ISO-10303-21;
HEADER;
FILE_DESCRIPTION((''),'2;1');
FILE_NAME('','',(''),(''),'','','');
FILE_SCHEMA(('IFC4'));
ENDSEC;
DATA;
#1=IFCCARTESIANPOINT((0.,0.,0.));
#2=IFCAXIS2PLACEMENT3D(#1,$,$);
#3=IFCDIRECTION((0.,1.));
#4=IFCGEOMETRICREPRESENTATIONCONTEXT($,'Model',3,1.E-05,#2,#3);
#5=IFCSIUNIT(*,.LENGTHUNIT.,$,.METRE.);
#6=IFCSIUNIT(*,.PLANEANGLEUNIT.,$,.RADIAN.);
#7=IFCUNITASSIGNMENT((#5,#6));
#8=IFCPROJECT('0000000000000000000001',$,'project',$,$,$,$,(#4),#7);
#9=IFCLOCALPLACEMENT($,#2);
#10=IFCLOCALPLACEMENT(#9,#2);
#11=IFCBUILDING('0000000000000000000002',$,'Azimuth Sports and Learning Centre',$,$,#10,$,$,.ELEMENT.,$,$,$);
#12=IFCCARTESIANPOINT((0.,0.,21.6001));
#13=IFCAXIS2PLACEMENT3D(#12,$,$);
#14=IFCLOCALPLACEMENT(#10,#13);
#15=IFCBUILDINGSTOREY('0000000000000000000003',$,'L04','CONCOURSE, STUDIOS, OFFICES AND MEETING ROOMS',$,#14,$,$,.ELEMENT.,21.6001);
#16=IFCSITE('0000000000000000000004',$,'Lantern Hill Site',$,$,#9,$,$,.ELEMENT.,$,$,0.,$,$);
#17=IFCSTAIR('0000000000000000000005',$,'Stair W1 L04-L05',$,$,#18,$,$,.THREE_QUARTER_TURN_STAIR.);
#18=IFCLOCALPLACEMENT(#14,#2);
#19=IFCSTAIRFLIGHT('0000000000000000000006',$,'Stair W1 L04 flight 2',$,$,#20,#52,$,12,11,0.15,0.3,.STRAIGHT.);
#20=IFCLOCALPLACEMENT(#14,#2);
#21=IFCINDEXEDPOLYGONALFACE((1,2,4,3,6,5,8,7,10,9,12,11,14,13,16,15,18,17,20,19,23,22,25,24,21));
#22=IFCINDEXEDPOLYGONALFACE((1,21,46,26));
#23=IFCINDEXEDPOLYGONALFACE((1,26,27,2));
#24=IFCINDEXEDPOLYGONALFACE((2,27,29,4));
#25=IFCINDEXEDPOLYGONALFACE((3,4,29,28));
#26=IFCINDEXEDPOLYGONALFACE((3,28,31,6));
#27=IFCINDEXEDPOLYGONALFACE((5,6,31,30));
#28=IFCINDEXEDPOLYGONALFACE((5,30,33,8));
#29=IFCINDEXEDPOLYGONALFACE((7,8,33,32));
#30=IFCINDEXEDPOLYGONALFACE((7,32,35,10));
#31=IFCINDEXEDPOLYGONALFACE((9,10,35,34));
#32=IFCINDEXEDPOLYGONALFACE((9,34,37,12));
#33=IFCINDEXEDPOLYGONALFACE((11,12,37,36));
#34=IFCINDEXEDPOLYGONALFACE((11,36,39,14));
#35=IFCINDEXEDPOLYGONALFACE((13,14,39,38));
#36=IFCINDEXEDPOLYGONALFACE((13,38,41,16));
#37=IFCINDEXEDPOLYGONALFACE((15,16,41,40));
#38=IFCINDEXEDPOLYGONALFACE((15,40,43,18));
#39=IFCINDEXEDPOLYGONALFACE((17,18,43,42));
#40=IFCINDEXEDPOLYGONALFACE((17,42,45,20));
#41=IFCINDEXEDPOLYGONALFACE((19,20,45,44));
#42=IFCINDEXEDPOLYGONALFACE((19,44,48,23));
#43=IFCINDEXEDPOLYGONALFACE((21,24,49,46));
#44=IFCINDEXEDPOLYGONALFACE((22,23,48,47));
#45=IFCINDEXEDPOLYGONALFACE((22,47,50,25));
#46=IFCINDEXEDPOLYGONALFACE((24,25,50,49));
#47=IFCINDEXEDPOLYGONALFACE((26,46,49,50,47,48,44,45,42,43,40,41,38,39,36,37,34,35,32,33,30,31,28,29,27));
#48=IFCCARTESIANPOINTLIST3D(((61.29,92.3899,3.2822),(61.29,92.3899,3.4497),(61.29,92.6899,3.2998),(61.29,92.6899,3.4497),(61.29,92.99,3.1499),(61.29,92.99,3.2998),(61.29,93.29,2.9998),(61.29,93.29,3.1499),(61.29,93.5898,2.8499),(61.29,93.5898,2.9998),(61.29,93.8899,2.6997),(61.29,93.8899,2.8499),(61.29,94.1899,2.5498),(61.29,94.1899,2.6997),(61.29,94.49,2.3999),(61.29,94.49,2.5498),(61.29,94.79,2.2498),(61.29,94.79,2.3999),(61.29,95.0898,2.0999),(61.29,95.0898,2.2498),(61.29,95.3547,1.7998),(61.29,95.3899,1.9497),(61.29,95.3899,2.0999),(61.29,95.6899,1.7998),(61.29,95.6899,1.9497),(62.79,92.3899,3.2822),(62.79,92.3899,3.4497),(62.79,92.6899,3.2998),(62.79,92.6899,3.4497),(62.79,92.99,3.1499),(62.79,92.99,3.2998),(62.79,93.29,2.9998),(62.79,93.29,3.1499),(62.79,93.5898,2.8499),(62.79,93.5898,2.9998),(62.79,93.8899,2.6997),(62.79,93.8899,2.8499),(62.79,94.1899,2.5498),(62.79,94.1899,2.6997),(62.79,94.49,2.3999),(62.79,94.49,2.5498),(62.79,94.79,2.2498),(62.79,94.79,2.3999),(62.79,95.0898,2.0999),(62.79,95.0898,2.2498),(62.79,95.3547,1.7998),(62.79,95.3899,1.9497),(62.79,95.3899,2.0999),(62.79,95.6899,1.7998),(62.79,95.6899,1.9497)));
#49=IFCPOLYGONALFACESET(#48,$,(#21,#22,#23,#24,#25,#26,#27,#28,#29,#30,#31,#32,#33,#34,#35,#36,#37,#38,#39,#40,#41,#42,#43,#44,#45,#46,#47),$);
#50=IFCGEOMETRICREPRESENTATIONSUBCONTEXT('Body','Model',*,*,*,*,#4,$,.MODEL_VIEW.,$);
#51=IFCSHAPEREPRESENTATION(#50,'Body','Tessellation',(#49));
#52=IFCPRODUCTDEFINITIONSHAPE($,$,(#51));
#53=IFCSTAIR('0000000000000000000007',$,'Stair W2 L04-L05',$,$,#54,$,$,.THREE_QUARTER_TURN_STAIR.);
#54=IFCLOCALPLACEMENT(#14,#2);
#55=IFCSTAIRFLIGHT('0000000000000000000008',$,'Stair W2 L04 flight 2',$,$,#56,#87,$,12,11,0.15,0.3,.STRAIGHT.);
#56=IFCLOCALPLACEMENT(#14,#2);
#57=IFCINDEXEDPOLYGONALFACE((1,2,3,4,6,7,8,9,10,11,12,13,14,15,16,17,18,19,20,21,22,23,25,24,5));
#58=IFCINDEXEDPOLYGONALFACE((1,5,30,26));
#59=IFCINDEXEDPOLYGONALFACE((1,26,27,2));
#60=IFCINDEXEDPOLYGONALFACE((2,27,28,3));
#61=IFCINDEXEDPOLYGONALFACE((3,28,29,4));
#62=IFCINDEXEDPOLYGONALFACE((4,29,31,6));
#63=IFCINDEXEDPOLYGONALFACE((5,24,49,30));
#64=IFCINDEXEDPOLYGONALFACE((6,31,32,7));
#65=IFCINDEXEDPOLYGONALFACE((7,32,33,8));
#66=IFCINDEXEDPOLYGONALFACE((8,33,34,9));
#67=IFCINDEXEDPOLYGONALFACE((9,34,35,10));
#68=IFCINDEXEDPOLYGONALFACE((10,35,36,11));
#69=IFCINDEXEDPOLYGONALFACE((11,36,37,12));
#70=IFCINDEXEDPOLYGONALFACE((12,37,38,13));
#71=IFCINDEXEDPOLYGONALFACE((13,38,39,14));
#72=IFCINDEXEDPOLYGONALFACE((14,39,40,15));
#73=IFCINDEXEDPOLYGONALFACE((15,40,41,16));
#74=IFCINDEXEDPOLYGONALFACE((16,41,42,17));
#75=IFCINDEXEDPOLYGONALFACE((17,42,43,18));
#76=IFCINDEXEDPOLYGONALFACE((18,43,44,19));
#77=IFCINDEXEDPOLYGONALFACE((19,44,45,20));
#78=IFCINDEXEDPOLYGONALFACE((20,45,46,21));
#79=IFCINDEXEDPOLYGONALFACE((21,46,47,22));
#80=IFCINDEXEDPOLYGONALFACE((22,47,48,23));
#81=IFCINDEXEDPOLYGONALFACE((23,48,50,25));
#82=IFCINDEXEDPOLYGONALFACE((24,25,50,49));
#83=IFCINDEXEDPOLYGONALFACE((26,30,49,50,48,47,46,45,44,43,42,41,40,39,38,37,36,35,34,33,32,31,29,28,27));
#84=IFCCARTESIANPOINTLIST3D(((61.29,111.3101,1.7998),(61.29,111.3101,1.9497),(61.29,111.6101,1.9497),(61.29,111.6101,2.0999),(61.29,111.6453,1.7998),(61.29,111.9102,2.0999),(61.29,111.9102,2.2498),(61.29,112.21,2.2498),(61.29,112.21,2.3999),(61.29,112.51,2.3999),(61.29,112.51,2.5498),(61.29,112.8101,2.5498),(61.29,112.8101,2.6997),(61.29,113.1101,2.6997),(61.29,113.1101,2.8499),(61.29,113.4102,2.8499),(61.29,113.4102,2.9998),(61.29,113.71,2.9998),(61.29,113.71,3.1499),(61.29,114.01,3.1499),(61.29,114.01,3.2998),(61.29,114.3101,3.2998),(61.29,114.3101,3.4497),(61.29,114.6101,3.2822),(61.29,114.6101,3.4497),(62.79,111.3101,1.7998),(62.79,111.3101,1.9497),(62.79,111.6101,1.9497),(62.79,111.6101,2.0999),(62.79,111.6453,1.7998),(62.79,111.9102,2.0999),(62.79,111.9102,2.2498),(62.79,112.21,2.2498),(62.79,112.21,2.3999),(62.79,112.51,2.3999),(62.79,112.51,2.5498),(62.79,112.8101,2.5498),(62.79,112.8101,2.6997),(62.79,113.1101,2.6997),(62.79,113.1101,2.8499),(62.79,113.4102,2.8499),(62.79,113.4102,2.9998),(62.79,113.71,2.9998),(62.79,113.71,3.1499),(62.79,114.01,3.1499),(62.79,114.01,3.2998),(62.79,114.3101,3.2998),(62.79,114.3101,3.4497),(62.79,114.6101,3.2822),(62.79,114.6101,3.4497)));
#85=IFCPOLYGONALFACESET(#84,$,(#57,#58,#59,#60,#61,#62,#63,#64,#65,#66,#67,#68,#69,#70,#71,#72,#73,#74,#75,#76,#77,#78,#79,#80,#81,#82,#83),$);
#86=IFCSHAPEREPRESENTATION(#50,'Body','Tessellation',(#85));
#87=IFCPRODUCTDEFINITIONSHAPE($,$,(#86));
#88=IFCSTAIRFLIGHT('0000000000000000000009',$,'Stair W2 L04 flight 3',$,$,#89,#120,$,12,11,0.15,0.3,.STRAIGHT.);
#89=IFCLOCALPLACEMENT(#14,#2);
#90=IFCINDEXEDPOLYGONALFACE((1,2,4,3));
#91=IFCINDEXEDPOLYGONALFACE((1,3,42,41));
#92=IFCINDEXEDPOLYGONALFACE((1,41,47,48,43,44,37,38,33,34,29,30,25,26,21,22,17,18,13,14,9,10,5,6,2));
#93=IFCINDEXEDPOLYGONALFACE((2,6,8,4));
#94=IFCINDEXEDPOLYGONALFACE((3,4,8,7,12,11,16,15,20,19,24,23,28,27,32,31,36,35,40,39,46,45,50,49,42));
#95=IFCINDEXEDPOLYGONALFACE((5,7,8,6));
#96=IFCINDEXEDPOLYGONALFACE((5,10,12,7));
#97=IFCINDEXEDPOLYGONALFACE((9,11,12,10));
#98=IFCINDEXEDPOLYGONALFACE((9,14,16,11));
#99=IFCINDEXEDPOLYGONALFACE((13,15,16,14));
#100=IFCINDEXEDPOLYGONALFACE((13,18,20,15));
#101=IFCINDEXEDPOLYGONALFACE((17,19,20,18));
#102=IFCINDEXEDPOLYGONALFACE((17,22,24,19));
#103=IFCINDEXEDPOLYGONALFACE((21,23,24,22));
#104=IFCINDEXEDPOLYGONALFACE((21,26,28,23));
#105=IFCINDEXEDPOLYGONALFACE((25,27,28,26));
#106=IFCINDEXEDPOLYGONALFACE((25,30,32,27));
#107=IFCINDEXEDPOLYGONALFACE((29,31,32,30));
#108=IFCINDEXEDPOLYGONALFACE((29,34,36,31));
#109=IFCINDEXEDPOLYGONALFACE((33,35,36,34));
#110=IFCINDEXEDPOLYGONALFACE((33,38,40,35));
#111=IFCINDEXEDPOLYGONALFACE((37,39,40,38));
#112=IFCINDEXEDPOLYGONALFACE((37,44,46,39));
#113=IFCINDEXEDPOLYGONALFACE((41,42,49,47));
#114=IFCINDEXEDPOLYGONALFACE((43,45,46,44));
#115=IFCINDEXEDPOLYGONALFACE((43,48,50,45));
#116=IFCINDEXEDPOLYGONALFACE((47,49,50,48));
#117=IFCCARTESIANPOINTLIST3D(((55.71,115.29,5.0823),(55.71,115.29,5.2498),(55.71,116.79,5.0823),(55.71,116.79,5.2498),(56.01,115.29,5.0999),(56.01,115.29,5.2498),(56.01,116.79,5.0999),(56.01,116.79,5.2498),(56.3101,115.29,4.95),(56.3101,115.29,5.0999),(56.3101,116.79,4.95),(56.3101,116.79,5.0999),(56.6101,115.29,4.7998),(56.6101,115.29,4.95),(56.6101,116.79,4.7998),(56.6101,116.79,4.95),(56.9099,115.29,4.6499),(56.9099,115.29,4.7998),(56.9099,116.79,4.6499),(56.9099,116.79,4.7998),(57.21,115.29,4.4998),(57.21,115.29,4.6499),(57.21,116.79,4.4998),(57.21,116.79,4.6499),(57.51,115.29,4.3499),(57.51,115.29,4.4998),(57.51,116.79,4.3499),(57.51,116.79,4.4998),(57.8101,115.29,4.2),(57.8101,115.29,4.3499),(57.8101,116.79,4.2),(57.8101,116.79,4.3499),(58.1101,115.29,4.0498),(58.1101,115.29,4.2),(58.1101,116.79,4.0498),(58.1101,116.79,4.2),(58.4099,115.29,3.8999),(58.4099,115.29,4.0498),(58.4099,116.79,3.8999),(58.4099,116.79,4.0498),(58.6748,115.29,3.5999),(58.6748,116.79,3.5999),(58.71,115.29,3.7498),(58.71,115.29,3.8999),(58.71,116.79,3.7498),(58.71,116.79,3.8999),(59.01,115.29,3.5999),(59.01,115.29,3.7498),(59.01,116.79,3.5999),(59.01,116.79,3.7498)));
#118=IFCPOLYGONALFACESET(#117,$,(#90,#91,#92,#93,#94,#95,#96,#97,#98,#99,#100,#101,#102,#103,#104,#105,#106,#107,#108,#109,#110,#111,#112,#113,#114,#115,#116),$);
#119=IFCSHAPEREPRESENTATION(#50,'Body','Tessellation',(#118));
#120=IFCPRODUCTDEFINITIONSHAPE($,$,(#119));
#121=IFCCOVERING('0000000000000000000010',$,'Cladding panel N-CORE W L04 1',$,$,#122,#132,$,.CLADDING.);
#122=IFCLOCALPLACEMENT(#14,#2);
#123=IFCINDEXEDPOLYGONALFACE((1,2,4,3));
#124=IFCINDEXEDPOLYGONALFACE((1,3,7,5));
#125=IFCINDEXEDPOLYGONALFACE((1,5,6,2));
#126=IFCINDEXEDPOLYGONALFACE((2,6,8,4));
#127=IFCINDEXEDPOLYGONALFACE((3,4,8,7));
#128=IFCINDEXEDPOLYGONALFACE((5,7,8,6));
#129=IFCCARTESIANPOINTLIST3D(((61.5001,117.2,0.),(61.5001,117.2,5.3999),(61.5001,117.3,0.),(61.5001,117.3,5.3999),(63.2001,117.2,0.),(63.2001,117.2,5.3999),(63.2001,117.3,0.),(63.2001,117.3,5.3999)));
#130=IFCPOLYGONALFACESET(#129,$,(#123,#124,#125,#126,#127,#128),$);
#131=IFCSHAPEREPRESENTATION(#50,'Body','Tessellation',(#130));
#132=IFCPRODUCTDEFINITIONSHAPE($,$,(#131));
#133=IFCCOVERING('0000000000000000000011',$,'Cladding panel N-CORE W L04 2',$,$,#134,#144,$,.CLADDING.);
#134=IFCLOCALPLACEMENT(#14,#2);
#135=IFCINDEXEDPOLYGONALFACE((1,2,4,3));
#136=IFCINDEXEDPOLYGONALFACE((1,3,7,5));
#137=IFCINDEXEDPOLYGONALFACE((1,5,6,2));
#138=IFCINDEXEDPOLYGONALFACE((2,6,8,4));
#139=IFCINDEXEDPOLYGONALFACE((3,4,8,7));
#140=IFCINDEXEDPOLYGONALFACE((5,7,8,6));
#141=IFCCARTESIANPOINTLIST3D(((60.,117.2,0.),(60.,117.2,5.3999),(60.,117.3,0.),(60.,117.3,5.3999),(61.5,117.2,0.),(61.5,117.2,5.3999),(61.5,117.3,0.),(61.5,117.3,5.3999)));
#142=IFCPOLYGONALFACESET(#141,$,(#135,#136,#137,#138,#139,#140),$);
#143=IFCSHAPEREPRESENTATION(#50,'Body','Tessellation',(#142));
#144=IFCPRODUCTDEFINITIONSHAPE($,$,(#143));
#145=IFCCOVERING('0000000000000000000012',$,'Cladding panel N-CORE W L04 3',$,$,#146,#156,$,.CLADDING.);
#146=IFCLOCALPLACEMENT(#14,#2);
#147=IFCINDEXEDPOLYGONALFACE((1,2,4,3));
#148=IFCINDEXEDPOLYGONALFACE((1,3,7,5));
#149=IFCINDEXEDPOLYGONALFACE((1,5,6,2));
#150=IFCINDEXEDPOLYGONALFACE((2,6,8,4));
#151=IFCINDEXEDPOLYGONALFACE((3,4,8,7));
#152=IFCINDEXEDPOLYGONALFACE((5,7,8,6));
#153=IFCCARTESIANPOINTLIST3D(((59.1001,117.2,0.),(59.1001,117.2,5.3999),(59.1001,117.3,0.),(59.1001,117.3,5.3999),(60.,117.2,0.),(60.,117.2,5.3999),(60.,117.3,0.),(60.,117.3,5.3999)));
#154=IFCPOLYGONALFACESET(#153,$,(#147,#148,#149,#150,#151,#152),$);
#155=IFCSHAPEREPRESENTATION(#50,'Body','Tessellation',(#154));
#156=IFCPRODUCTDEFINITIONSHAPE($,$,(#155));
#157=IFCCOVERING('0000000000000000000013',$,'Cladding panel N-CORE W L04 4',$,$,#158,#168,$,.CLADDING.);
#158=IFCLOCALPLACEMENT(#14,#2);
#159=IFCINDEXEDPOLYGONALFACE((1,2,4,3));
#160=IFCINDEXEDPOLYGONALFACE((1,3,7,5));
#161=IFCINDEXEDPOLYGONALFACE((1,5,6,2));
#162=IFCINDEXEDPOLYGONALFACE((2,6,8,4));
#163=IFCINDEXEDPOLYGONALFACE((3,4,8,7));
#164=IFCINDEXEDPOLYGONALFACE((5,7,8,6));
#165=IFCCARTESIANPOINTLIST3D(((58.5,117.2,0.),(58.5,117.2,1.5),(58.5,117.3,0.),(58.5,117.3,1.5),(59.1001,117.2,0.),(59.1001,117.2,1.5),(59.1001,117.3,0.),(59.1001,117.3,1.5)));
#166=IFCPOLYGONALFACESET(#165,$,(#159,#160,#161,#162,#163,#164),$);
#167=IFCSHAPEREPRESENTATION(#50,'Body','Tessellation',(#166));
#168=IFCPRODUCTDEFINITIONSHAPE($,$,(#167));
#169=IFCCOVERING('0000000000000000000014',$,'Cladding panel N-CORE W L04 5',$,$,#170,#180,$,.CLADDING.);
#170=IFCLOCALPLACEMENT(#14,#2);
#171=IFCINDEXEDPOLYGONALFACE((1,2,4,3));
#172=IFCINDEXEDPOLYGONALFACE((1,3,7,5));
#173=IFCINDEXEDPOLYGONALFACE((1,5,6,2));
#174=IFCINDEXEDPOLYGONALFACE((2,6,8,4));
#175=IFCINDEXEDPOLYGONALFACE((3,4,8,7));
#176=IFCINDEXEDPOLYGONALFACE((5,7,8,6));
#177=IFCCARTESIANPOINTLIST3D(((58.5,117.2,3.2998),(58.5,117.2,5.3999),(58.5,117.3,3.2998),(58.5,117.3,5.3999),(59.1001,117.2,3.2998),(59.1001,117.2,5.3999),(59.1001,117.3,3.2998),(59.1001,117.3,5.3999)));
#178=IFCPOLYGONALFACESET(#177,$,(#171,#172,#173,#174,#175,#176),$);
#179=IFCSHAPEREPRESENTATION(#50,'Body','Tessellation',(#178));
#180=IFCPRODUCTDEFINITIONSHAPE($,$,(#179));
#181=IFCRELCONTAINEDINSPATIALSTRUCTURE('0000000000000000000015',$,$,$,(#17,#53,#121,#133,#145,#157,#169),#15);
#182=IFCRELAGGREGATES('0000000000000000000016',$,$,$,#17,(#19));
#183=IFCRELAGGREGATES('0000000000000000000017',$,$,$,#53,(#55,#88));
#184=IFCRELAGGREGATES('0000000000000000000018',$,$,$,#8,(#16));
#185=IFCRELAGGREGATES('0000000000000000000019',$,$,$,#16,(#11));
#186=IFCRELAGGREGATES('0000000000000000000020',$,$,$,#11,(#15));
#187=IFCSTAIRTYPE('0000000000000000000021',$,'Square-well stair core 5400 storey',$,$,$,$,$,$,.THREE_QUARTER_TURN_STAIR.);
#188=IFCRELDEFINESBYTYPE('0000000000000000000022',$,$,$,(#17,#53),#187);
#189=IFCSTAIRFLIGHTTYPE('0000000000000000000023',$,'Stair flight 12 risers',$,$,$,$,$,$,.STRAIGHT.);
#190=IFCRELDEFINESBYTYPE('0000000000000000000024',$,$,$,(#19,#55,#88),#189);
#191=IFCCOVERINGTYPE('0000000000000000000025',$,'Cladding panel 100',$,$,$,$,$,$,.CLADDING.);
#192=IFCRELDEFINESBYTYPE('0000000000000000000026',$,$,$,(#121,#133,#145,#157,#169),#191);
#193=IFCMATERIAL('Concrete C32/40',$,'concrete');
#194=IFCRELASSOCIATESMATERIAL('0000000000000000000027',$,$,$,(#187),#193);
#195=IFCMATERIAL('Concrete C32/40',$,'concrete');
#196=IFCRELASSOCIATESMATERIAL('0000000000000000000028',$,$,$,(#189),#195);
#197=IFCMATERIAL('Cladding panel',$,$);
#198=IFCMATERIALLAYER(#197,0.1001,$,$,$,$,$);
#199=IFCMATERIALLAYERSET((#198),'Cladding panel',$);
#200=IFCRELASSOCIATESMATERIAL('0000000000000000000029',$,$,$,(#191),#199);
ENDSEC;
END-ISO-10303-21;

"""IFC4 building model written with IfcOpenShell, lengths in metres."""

from ifc_helpers import new_model, si_unit, direction, frame, origin, origin_2d, place, context, subcontext, project, spatial, polyline, rectangle, outline, extrude, material, layer, layer_set, type_object, element, aggregate, save


model = new_model("IFC4")

# Units and contexts
model_context = context("Model", 3, precision=1e-05, world=origin(), true_north=direction((0.0, 1.0)))
body_context = subcontext(model_context, "Body", "Model", "MODEL_VIEW")
ifc_project = project(units=[si_unit("LENGTHUNIT", "METRE"), si_unit("PLANEANGLEUNIT", "RADIAN")], contexts=[model_context])

# Site, building, storey
site_placement = place(None, origin())
site = spatial("IfcSite", under=ifc_project, at=site_placement, Name="Lantern Hill Site", CompositionType="ELEMENT", RefElevation=0.0)
building_placement = place(site_placement, origin())
building = spatial("IfcBuilding", under=site, at=building_placement, Name="Azimuth Sports and Learning Centre", CompositionType="ELEMENT")
storey_placement = place(building_placement, frame((0.0, 0.0, 21.6001)))
storey = spatial("IfcBuildingStorey", under=building, at=storey_placement, Name="L04", Description="CONCOURSE, STUDIOS, OFFICES AND MEETING ROOMS", CompositionType="ELEMENT", Elevation=21.6001)

# Stair, stair flight
ifc_material_1 = material(Name="Concrete C32/40", Category="concrete")
stair_type = type_object("IfcStairType", Name="Square-well stair core 5400 storey", PredefinedType="THREE_QUARTER_TURN_STAIR", material=ifc_material_1)
stair_1_placement = place(storey_placement, origin())
stair_1 = element("IfcStair", 1, at=stair_1_placement, inside=storey, type_object=stair_type, Name="Stair W1 L04-L05", PredefinedType="THREE_QUARTER_TURN_STAIR")
ifc_material_2 = material(Name="Concrete C32/40", Category="concrete")
stair_flight_type = type_object("IfcStairFlightType", Name="Stair flight 12 risers", PredefinedType="STRAIGHT", material=ifc_material_2)
stair_flight_1_placement = place(storey_placement, frame((62.04, 95.6899, 1.7998), z_axis=(0.0, 0.0, 1.0), x_axis=(0.0, -1.0, 0.0)))
stair_flight_1 = element("IfcStairFlight", 2, at=stair_flight_1_placement, type_object=stair_flight_type, Name="Stair W1 L04 flight 2", NumberOfRisers=12, NumberOfTreads=11, PredefinedType="STRAIGHT", RiserHeight=0.15, TreadLength=0.3, context=body_context, shape_type="SweptSolid", body=[
    extrude(outline(polyline([(0.0, 0.0), (0.0, 0.1499), (0.3, 0.1499), (0.3, 0.3), (0.6001, 0.3), (0.6001, 0.45), (0.8999, 0.45), (0.8999, 0.6001), (1.2, 0.6001), (1.2, 0.75), (1.5, 0.75), (1.5, 0.8999), (1.8, 0.8999), (1.8, 1.05), (2.1001, 1.05), (2.1001, 1.2), (2.3999, 1.2), (2.3999, 1.3501), (2.7, 1.3501), (2.7, 1.5), (3.0, 1.5), (3.0, 1.6499), (3.3, 1.6499), (3.3, 1.8), (3.3, 1.4824), (0.3352, 0.0), (0.0, 0.0)])), frame((0.0, 0.75, 0.0), z_axis=(0.0, -1.0, 0.0), x_axis=(1.0, 0.0, 0.0)), (0.0, 0.0, 1.0), 1.5),
])
aggregate(stair_1, [stair_flight_1])

# Stair, stair flights
stair_2_placement = place(storey_placement, origin())
stair_2 = element("IfcStair", 3, at=stair_2_placement, inside=storey, type_object=stair_type, Name="Stair W2 L04-L05", PredefinedType="THREE_QUARTER_TURN_STAIR")
stair_flight_2_placement = place(storey_placement, frame((62.04, 111.3101, 1.7998), z_axis=(0.0, 0.0, 1.0), x_axis=(0.0, 1.0, 0.0)))
stair_flight_2 = element("IfcStairFlight", 4, at=stair_flight_2_placement, type_object=stair_flight_type, Name="Stair W2 L04 flight 2", NumberOfRisers=12, NumberOfTreads=11, PredefinedType="STRAIGHT", RiserHeight=0.15, TreadLength=0.3, context=body_context, shape_type="SweptSolid", body=[
    extrude(outline(polyline([(0.0, 0.0), (0.0, 0.1499), (0.3, 0.1499), (0.3, 0.3), (0.6001, 0.3), (0.6001, 0.45), (0.8999, 0.45), (0.8999, 0.6001), (1.2, 0.6001), (1.2, 0.75), (1.5, 0.75), (1.5, 0.8999), (1.8, 0.8999), (1.8, 1.05), (2.1001, 1.05), (2.1001, 1.2), (2.3999, 1.2), (2.3999, 1.3501), (2.7, 1.3501), (2.7, 1.5), (3.0, 1.5), (3.0, 1.6499), (3.3, 1.6499), (3.3, 1.8), (3.3, 1.4824), (0.3352, 0.0), (0.0, 0.0)])), frame((0.0, 0.75, 0.0), z_axis=(0.0, -1.0, 0.0), x_axis=(1.0, 0.0, 0.0)), (0.0, 0.0, 1.0), 1.5),
])
stair_flight_3_placement = place(storey_placement, frame((59.01, 116.04, 3.5999), z_axis=(0.0, 0.0, 1.0), x_axis=(-1.0, 0.0, 0.0)))
stair_flight_3 = element("IfcStairFlight", 5, at=stair_flight_3_placement, type_object=stair_flight_type, Name="Stair W2 L04 flight 3", NumberOfRisers=12, NumberOfTreads=11, PredefinedType="STRAIGHT", RiserHeight=0.15, TreadLength=0.3, context=body_context, shape_type="SweptSolid", body=[
    extrude(outline(polyline([(0.0, 0.0), (0.0, 0.1499), (0.3, 0.1499), (0.3, 0.3), (0.6001, 0.3), (0.6001, 0.45), (0.8999, 0.45), (0.8999, 0.6001), (1.2, 0.6001), (1.2, 0.75), (1.5, 0.75), (1.5, 0.8999), (1.8, 0.8999), (1.8, 1.05), (2.1001, 1.05), (2.1001, 1.2), (2.3999, 1.2), (2.3999, 1.3501), (2.7, 1.3501), (2.7, 1.5), (3.0, 1.5), (3.0, 1.6499), (3.3, 1.6499), (3.3, 1.8), (3.3, 1.4824), (0.3352, 0.0), (0.0, 0.0)])), frame((0.0, 0.75, 0.0), z_axis=(0.0, -1.0, 0.0), x_axis=(1.0, 0.0, 0.0)), (0.0, 0.0, 1.0), 1.5),
])
aggregate(stair_2, [stair_flight_2, stair_flight_3])

# Coverings
ifc_material_3 = material(Name="Cladding panel")
ifc_layer_1 = layer(ifc_material_3, 0.1001)
ifc_layer_set_1 = layer_set([ifc_layer_1], Name="Cladding panel")
covering_type = type_object("IfcCoveringType", Name="Cladding panel 100", PredefinedType="CLADDING", material=ifc_layer_set_1)
covering_1_placement = place(storey_placement, frame((62.3501, 117.25, 0.0), z_axis=(0.0, 0.0, 1.0), x_axis=(-1.0, 0.0, 0.0)))
element("IfcCovering", 6, at=covering_1_placement, inside=storey, type_object=covering_type, Name="Cladding panel N-CORE W L04 1", PredefinedType="CLADDING", context=body_context, shape_type="SweptSolid", body=[
    extrude(rectangle(XDim=1.7, YDim=0.1001, at=origin_2d()), origin(), (0.0, 0.0, 1.0), 5.3999),
])
covering_2_placement = place(storey_placement, frame((60.75, 117.25, 0.0), z_axis=(0.0, 0.0, 1.0), x_axis=(-1.0, 0.0, 0.0)))
element("IfcCovering", 7, at=covering_2_placement, inside=storey, type_object=covering_type, Name="Cladding panel N-CORE W L04 2", PredefinedType="CLADDING", context=body_context, shape_type="SweptSolid", body=[
    extrude(rectangle(XDim=1.5, YDim=0.1001, at=origin_2d()), origin(), (0.0, 0.0, 1.0), 5.3999),
])
covering_3_placement = place(storey_placement, frame((59.55, 117.25, 0.0), z_axis=(0.0, 0.0, 1.0), x_axis=(-1.0, 0.0, 0.0)))
element("IfcCovering", 8, at=covering_3_placement, inside=storey, type_object=covering_type, Name="Cladding panel N-CORE W L04 3", PredefinedType="CLADDING", context=body_context, shape_type="SweptSolid", body=[
    extrude(rectangle(XDim=0.8999, YDim=0.1001, at=origin_2d()), origin(), (0.0, 0.0, 1.0), 5.3999),
])
covering_4_placement = place(storey_placement, frame((58.8, 117.25, 0.0), z_axis=(0.0, 0.0, 1.0), x_axis=(-1.0, 0.0, 0.0)))
element("IfcCovering", 9, at=covering_4_placement, inside=storey, type_object=covering_type, Name="Cladding panel N-CORE W L04 4", PredefinedType="CLADDING", context=body_context, shape_type="SweptSolid", body=[
    extrude(rectangle(XDim=0.6001, YDim=0.1001, at=origin_2d()), origin(), (0.0, 0.0, 1.0), 1.5),
])
covering_5_placement = place(storey_placement, frame((58.8, 117.25, 3.2998), z_axis=(0.0, 0.0, 1.0), x_axis=(-1.0, 0.0, 0.0)))
element("IfcCovering", 10, at=covering_5_placement, inside=storey, type_object=covering_type, Name="Cladding panel N-CORE W L04 5", PredefinedType="CLADDING", context=body_context, shape_type="SweptSolid", body=[
    extrude(rectangle(XDim=0.6001, YDim=0.1001, at=origin_2d()), origin(), (0.0, 0.0, 1.0), 2.1001),
])

save(model, "model.ifc")
